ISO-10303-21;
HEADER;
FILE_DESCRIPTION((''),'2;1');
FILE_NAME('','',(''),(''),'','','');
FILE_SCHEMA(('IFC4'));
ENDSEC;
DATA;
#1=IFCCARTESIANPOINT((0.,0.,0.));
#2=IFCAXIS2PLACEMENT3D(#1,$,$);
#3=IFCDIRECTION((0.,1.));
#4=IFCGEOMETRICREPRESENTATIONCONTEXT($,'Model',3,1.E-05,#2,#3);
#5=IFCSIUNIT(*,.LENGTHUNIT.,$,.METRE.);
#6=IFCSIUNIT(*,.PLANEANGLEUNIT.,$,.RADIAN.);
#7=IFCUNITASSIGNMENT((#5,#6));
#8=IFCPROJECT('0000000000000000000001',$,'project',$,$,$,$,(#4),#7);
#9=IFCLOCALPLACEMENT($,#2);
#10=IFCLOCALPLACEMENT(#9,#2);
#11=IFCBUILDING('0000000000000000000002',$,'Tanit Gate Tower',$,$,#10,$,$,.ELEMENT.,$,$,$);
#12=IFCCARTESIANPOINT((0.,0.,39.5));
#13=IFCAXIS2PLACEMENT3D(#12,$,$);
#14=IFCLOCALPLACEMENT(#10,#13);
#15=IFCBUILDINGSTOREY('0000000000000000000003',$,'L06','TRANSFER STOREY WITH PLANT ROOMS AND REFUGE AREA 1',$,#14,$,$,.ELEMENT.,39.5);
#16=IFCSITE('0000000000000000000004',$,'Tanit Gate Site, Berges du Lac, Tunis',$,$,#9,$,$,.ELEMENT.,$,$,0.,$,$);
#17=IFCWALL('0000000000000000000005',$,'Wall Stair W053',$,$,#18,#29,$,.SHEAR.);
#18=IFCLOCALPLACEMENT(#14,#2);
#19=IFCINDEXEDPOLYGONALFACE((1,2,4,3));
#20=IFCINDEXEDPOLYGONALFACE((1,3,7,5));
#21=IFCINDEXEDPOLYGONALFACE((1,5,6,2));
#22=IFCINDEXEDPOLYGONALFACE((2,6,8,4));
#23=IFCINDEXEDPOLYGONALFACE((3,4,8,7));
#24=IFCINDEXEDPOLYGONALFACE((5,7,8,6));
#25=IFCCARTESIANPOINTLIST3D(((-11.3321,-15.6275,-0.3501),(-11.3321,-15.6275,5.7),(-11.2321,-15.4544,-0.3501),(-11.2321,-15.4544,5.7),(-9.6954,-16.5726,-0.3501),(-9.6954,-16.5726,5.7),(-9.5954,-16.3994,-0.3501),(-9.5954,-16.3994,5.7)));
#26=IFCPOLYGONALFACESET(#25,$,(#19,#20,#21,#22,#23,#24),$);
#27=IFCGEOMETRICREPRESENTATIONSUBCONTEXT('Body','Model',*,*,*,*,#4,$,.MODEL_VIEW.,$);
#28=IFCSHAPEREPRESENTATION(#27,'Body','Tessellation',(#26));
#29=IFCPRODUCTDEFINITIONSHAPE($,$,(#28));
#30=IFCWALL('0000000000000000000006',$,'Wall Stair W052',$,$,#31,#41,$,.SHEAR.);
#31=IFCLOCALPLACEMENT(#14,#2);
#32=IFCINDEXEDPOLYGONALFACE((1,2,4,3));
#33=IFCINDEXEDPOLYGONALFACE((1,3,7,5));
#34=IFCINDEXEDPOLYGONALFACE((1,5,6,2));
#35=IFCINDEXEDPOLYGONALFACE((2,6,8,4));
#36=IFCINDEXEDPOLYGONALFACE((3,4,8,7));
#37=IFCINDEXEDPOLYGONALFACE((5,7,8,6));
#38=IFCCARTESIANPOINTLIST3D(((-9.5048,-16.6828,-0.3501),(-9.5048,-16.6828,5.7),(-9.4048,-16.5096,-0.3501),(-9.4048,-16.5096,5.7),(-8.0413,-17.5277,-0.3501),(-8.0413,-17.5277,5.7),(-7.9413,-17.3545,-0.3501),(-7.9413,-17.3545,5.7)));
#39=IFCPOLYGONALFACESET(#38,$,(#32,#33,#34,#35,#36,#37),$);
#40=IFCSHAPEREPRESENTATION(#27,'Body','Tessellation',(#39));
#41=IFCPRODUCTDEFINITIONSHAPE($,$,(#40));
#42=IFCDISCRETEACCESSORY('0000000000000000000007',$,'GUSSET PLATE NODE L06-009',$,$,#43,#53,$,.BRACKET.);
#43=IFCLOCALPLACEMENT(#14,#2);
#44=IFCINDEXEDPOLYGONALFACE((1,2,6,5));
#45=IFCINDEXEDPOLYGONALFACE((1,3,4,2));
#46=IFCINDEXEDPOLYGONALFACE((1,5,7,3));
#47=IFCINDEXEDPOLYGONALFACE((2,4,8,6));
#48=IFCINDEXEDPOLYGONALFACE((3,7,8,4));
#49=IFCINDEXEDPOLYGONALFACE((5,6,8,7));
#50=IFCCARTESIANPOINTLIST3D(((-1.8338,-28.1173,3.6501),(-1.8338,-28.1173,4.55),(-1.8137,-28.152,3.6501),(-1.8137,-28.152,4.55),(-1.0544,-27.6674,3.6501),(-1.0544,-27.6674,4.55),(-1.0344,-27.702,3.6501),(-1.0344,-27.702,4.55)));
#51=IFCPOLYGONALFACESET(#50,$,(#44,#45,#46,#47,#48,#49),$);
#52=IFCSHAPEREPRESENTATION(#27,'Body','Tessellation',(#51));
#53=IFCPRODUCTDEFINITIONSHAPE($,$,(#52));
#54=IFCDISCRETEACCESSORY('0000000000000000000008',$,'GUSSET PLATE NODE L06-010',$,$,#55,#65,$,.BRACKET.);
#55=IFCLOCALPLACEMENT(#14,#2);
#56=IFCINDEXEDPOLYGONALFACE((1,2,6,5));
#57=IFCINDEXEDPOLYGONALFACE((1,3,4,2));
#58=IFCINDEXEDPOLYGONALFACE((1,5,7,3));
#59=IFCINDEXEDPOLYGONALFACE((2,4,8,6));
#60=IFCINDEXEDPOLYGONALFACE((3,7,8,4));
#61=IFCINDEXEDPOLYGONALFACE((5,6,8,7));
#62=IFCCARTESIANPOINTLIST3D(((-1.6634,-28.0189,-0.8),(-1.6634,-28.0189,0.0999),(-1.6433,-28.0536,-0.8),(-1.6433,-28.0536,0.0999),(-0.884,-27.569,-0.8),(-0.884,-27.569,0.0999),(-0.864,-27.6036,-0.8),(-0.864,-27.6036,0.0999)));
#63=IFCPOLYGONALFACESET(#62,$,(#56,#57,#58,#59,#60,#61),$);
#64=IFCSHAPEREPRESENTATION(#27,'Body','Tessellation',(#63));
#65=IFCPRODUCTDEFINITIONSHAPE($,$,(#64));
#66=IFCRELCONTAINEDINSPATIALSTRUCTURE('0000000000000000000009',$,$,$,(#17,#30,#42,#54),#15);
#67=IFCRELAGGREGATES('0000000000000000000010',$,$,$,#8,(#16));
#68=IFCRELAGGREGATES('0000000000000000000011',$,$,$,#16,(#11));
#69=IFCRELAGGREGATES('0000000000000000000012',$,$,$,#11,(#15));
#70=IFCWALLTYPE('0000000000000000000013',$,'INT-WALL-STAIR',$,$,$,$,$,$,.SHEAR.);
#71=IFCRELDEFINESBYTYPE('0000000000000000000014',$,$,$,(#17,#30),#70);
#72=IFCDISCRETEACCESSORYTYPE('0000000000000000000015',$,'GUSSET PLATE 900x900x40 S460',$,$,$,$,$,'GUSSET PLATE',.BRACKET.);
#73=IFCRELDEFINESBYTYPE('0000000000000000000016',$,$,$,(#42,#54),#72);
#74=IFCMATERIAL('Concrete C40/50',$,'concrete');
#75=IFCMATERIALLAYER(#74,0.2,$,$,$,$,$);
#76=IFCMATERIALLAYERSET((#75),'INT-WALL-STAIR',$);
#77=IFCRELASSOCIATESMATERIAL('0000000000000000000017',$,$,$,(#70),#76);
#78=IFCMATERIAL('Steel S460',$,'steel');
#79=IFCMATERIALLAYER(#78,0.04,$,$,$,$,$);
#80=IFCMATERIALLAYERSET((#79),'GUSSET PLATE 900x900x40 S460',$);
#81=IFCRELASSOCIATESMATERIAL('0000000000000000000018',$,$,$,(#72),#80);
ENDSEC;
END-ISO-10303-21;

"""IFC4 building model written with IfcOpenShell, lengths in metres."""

from ifc_helpers import new_model, si_unit, direction, frame, frame_2d, origin, origin_2d, place, context, subcontext, project, spatial, rectangle, extrude, material, layer, layer_set, type_object, element, save


model = new_model("IFC4")

# Units and contexts
model_context = context("Model", 3, precision=1e-05, world=origin(), true_north=direction((0.0, 1.0)))
body_context = subcontext(model_context, "Body", "Model", "MODEL_VIEW")
ifc_project = project(units=[si_unit("LENGTHUNIT", "METRE"), si_unit("PLANEANGLEUNIT", "RADIAN")], contexts=[model_context])

# Site, building, storey
site_placement = place(None, origin())
site = spatial("IfcSite", under=ifc_project, at=site_placement, Name="Tanit Gate Site, Berges du Lac, Tunis", CompositionType="ELEMENT", RefElevation=0.0)
building_placement = place(site_placement, origin())
building = spatial("IfcBuilding", under=site, at=building_placement, Name="Tanit Gate Tower", CompositionType="ELEMENT")
storey_placement = place(building_placement, frame((0.0, 0.0, 39.5)))
storey = spatial("IfcBuildingStorey", under=building, at=storey_placement, Name="L06", Description="TRANSFER STOREY WITH PLANT ROOMS AND REFUGE AREA 1", CompositionType="ELEMENT", Elevation=39.5)

# Walls
ifc_material_1 = material(Name="Concrete C40/50", Category="concrete")
ifc_layer_1 = layer(ifc_material_1, 0.2)
ifc_layer_set_1 = layer_set([ifc_layer_1], Name="INT-WALL-STAIR")
wall_type_1 = type_object("IfcWallType", Name="INT-WALL-STAIR", PredefinedType="SHEAR", material=ifc_layer_set_1)
wall_1_placement = place(storey_placement, frame((-11.282, -15.541, -0.3501), z_axis=(0.0, 0.0, 1.0), x_axis=(0.866001, -0.500043, 0.0)))
element("IfcWall", 1, at=wall_1_placement, inside=storey, type_object=wall_type_1, Name="Wall Stair W053", PredefinedType="SHEAR", context=body_context, shape_type="SweptSolid", body=[
    extrude(rectangle(XDim=1.8899, YDim=0.2, at=frame_2d((0.9448, 0.0))), origin(), (0.0, 0.0, 1.0), 6.05),
])
wall_2_placement = place(storey_placement, frame((-9.4548, -16.5962, -0.3501), z_axis=(0.0, 0.0, 1.0), x_axis=(0.866039, -0.499977, 0.0)))
element("IfcWall", 2, at=wall_2_placement, inside=storey, type_object=wall_type_1, Name="Wall Stair W052", PredefinedType="SHEAR", context=body_context, shape_type="SweptSolid", body=[
    extrude(rectangle(XDim=1.6899, YDim=0.2, at=frame_2d((0.845, 0.0))), origin(), (0.0, 0.0, 1.0), 6.05),
])

# Discrete accessories
ifc_material_2 = material(Name="Steel S460", Category="steel")
ifc_layer_2 = layer(ifc_material_2, 0.04)
ifc_layer_set_2 = layer_set([ifc_layer_2], Name="GUSSET PLATE 900x900x40 S460")
discrete_accessory_type = type_object("IfcDiscreteAccessoryType", Name="GUSSET PLATE 900x900x40 S460", ElementType="GUSSET PLATE", PredefinedType="BRACKET", material=ifc_layer_set_2)
for number, where, z_axis, x_axis, name in (
    (3, (-1.4341, -27.9097, 3.6501), (0.0, 0.0, 1.0), (0.866025, 0.5, 0.0), "GUSSET PLATE NODE L06-009"),
    (4, (-1.2637, -27.8113, -0.8), (0.0, 0.0, 1.0), (-0.866025, -0.5, 0.0), "GUSSET PLATE NODE L06-010"),
):
    element("IfcDiscreteAccessory", number, at=place(storey_placement, frame(where, z_axis=z_axis, x_axis=x_axis)), inside=storey, type_object=discrete_accessory_type, Name=name, PredefinedType="BRACKET", context=body_context, shape_type="SweptSolid", body=[
        extrude(rectangle(XDim=0.8999, YDim=0.04, at=origin_2d()), origin(), (0.0, 0.0, 1.0), 0.8999),
    ])

save(model, "model.ifc")
